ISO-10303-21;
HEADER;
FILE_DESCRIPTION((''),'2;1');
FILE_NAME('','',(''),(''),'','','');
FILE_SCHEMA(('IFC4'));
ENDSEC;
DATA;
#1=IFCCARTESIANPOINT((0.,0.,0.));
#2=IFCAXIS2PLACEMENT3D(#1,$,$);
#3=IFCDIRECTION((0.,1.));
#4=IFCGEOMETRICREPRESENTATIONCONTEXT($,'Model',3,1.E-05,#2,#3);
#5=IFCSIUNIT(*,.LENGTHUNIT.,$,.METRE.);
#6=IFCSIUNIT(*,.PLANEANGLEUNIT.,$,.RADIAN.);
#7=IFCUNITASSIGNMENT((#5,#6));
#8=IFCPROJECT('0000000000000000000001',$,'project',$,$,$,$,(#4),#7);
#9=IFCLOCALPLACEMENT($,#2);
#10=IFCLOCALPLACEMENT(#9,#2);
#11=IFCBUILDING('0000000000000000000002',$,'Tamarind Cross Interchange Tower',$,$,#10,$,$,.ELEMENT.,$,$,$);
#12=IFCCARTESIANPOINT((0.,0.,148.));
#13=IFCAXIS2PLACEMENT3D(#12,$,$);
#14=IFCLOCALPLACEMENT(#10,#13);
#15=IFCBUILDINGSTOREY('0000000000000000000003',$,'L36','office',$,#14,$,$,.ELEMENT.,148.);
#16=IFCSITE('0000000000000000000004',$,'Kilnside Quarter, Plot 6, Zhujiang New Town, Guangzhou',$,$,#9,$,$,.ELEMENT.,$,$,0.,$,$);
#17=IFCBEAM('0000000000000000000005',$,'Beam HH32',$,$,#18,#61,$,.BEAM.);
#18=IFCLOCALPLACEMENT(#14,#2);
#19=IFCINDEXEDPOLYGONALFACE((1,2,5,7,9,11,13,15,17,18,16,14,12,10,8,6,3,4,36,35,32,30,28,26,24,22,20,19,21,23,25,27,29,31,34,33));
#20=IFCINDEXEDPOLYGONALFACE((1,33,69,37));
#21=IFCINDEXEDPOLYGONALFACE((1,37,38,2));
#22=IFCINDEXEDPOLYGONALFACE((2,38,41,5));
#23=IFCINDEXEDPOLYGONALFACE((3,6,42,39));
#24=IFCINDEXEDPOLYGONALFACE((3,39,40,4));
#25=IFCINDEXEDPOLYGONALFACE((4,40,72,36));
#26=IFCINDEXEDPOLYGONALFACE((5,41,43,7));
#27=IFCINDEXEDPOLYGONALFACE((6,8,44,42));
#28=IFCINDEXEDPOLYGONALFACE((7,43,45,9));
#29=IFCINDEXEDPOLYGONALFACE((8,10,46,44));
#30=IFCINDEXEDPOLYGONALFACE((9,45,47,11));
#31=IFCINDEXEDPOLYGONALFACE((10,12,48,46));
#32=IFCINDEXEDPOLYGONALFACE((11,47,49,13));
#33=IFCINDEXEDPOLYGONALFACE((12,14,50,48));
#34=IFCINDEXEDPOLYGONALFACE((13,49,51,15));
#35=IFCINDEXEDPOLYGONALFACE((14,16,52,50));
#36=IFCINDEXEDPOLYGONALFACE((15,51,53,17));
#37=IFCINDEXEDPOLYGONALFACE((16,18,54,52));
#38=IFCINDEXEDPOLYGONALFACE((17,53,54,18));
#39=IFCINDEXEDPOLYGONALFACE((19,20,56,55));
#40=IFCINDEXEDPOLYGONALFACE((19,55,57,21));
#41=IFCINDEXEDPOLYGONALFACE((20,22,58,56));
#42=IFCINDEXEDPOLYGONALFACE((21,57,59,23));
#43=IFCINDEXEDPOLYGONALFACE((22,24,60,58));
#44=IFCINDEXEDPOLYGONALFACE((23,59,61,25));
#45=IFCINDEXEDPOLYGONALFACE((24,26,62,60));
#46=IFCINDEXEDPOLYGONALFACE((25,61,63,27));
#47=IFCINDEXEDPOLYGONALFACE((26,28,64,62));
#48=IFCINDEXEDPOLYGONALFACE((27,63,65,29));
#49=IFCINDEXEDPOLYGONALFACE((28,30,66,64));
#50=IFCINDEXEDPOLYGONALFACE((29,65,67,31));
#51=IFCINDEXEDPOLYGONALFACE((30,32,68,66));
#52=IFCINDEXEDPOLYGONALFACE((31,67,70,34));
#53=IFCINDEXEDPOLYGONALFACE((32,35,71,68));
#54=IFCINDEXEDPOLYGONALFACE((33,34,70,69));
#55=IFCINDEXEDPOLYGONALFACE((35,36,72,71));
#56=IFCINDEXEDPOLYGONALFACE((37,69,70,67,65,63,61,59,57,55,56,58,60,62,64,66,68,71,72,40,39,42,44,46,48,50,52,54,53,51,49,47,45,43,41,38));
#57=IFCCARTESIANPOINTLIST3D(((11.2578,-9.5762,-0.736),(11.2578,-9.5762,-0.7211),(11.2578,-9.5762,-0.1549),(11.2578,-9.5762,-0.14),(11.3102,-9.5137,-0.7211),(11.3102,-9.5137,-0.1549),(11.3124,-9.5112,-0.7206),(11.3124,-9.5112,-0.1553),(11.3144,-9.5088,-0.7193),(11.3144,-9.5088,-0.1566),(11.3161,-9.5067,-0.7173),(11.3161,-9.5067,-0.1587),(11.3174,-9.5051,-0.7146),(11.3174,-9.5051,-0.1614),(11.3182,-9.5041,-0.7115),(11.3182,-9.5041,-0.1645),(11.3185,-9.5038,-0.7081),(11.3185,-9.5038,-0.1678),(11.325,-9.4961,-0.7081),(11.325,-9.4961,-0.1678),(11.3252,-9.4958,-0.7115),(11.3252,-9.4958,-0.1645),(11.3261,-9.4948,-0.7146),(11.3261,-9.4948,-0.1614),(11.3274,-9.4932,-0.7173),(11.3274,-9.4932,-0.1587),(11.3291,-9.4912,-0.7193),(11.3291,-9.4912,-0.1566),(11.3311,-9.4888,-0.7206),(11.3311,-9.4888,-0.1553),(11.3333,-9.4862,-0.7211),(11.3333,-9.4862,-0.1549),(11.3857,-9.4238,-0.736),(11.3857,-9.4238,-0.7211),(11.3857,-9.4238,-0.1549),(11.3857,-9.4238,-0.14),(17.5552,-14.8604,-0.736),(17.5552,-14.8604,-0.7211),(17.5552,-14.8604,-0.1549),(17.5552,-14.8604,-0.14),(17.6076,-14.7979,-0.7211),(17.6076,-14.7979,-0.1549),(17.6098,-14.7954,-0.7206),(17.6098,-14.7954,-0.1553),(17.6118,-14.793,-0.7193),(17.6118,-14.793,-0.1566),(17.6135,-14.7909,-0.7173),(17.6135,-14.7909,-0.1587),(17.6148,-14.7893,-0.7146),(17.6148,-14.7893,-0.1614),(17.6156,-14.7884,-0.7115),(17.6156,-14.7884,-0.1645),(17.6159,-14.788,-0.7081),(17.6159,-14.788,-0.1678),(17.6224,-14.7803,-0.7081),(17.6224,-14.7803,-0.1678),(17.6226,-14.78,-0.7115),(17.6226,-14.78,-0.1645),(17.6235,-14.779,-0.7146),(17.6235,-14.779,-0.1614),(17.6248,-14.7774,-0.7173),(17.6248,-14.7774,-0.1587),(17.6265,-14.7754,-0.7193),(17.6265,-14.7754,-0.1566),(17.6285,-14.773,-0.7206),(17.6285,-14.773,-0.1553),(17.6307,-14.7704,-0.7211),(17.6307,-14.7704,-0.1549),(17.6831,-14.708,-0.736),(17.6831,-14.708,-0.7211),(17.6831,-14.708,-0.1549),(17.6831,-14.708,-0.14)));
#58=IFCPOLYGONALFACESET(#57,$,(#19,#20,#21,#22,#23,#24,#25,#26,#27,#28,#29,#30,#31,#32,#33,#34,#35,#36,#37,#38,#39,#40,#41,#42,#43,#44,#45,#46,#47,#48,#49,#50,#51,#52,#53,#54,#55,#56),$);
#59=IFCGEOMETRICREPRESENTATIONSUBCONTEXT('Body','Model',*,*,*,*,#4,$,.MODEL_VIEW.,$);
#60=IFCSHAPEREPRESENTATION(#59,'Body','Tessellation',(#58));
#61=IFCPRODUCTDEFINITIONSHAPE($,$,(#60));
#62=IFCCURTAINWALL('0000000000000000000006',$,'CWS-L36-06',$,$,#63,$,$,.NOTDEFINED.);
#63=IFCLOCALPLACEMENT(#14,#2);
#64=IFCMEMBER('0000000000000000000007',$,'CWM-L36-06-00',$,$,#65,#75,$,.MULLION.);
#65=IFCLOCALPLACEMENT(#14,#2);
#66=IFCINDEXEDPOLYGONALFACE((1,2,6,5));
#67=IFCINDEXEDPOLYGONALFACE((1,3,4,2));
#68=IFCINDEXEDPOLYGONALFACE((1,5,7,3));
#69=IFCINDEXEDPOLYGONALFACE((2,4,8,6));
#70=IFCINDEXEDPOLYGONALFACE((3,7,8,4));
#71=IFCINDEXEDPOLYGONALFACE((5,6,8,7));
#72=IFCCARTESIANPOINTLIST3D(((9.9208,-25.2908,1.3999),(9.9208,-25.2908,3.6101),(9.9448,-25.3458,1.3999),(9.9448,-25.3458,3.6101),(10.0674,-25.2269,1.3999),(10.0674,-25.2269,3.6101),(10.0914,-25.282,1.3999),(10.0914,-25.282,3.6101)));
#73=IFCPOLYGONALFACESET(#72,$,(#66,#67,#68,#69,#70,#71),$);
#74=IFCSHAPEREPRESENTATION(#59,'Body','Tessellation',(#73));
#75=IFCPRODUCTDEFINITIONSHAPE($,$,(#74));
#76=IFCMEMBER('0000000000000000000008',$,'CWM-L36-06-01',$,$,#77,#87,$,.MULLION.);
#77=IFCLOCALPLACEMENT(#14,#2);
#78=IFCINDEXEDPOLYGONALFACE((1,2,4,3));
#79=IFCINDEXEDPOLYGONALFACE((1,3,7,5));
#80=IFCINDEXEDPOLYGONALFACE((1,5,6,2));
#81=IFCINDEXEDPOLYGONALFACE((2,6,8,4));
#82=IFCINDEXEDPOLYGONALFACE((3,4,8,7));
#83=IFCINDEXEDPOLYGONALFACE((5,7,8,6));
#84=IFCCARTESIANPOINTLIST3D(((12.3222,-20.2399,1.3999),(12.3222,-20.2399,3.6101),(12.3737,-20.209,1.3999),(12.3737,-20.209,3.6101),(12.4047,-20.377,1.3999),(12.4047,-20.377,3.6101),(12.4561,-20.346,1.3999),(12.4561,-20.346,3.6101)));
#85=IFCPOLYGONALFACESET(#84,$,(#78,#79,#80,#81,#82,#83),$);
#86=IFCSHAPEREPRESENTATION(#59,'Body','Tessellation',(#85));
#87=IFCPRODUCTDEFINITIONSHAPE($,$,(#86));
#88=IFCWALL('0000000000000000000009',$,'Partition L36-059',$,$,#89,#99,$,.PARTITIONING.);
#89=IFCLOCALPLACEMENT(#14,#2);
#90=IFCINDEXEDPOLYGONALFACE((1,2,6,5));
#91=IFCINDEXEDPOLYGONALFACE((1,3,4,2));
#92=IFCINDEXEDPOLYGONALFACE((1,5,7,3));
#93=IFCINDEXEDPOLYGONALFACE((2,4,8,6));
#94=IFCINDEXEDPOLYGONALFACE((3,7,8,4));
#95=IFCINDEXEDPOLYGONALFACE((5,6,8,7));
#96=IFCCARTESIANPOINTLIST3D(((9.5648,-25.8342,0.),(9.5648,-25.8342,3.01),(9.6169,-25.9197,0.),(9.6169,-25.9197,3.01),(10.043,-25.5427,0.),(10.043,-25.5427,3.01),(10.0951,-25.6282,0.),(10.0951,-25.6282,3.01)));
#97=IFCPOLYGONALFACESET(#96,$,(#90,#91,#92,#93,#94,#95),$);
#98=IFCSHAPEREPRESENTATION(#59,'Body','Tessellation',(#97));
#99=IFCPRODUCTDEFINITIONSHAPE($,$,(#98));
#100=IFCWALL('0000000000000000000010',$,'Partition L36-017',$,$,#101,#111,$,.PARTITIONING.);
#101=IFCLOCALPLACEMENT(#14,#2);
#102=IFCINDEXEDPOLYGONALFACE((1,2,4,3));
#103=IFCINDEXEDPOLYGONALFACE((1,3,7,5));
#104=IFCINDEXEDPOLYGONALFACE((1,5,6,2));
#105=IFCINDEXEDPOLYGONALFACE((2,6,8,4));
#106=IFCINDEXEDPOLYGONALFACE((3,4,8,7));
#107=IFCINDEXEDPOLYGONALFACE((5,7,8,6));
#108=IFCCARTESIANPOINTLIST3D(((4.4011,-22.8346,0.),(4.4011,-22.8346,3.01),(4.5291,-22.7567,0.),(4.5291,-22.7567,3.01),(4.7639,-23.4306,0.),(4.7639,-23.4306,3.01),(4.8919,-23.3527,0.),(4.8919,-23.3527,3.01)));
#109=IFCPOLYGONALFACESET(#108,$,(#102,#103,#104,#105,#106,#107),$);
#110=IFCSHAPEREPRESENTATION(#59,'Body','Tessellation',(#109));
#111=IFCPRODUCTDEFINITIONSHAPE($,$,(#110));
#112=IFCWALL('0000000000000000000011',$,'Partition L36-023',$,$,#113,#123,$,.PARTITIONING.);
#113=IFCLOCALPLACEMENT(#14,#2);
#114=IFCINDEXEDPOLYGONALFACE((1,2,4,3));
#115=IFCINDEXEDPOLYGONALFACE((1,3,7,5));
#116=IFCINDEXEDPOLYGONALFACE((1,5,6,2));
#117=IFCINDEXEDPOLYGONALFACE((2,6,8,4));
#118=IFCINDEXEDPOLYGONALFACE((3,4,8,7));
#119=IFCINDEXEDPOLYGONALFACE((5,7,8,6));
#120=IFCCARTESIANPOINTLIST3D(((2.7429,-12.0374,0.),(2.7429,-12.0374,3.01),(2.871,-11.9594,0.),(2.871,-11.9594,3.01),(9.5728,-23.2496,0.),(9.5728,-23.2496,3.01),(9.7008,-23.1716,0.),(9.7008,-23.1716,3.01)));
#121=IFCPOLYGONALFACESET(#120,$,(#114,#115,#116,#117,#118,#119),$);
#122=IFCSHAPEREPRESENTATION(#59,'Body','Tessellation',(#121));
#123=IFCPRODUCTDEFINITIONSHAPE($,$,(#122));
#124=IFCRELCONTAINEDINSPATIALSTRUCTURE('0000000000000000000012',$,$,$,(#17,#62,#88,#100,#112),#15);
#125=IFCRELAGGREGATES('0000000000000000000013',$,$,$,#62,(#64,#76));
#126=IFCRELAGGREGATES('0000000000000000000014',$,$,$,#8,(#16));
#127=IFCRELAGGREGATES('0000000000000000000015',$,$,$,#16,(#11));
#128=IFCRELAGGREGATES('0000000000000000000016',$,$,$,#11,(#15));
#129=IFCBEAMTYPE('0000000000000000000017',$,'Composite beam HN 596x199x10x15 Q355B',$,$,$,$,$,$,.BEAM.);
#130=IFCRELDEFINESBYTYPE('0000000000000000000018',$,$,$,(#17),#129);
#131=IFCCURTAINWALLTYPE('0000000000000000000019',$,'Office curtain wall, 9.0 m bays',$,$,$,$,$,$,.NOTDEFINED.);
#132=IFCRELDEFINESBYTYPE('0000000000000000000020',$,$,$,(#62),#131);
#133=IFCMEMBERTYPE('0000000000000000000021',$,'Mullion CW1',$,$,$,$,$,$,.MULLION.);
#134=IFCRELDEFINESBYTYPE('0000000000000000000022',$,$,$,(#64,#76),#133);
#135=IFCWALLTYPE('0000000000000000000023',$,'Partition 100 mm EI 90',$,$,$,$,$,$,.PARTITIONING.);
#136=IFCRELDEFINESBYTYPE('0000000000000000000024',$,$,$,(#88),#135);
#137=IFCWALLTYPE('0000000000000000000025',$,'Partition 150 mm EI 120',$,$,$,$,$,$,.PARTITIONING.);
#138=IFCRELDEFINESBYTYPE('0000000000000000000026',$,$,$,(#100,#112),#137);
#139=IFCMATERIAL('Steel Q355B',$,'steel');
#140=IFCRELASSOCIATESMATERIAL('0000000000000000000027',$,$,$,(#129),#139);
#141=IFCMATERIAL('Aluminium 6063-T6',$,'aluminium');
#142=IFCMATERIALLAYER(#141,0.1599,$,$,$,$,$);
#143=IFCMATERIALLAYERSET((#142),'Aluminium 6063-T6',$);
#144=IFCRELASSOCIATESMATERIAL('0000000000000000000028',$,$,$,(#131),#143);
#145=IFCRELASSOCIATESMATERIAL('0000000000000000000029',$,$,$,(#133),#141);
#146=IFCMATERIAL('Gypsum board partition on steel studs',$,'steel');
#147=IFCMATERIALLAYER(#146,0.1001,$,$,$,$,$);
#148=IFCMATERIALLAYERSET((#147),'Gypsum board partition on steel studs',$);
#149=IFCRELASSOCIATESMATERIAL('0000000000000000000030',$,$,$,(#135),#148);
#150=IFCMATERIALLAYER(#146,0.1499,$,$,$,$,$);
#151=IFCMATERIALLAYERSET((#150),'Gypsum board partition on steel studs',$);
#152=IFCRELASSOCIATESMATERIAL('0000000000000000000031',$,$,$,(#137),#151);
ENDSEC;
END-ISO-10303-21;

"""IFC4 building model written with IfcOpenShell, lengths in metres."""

from ifc_helpers import new_model, si_unit, direction, frame, frame_2d, origin, origin_2d, place, context, subcontext, project, spatial, rectangle, i_section, extrude, material, layer, layer_set, material_profile, profile_set, type_object, element, aggregate, save


model = new_model("IFC4")

# Units and contexts
model_context = context("Model", 3, precision=1e-05, world=origin(), true_north=direction((0.0, 1.0)))
body_context = subcontext(model_context, "Body", "Model", "MODEL_VIEW")
ifc_project = project(units=[si_unit("LENGTHUNIT", "METRE"), si_unit("PLANEANGLEUNIT", "RADIAN")], contexts=[model_context])

# Site, building, storey
site_placement = place(None, origin())
site = spatial("IfcSite", under=ifc_project, at=site_placement, Name="Kilnside Quarter, Plot 6, Zhujiang New Town, Guangzhou", CompositionType="ELEMENT", RefElevation=0.0)
building_placement = place(site_placement, origin())
building = spatial("IfcBuilding", under=site, at=building_placement, Name="Tamarind Cross Interchange Tower", CompositionType="ELEMENT")
storey_placement = place(building_placement, frame((0.0, 0.0, 148.0)))
storey = spatial("IfcBuildingStorey", under=building, at=storey_placement, Name="L36", Description="office", CompositionType="ELEMENT", Elevation=148.0)

# Beam
ifc_material_1 = material(Name="Steel Q355B", Category="steel")
ifc_material_profile_1 = material_profile(ifc_material_1, i_section(OverallWidth=0.199, OverallDepth=0.5959, WebThickness=0.01, FlangeThickness=0.0149, FilletRadius=0.0129, at=origin_2d()), Name="HN 596x199x10x15")
ifc_profile_set_1 = profile_set([ifc_material_profile_1], Name="Steel Q355B")
beam_type = type_object("IfcBeamType", Name="Composite beam HN 596x199x10x15 Q355B", PredefinedType="BEAM", material=ifc_profile_set_1)
beam_1_placement = place(storey_placement, frame((17.6191, -14.7842, -0.438), z_axis=(-0.766041, 0.642792, 0.0), x_axis=(-0.642792, -0.766041, 0.0)))
element("IfcBeam", 1, at=beam_1_placement, inside=storey, type_object=beam_type, Name="Beam HH32", PredefinedType="BEAM", context=body_context, shape_type="SweptSolid", body=[
    extrude(i_section(OverallWidth=0.199, OverallDepth=0.5959, WebThickness=0.01, FlangeThickness=0.0149, FilletRadius=0.0129, at=origin_2d()), origin(), (0.0, 0.0, 1.0), 8.2207),
])

# Curtain wall, members
ifc_material_2 = material(Name="Aluminium 6063-T6", Category="aluminium")
ifc_layer_1 = layer(ifc_material_2, 0.1599)
ifc_layer_set_1 = layer_set([ifc_layer_1], Name="Aluminium 6063-T6")
curtain_wall_type = type_object("IfcCurtainWallType", Name="Office curtain wall, 9.0 m bays", PredefinedType="NOTDEFINED", material=ifc_layer_set_1)
curtain_wall_placement = place(storey_placement, origin())
curtain_wall = element("IfcCurtainWall", 2, at=curtain_wall_placement, inside=storey, type_object=curtain_wall_type, Name="CWS-L36-06", PredefinedType="NOTDEFINED")
ifc_material_profile_2 = material_profile(ifc_material_2, rectangle(XDim=0.0601, YDim=0.1599, at=origin_2d()), Name="Mullion CW1")
ifc_profile_set_2 = profile_set([ifc_material_profile_2], Name="Aluminium 6063-T6")
member_type = type_object("IfcMemberType", Name="Mullion CW1", PredefinedType="MULLION", material=ifc_profile_set_2)
member_1_placement = place(storey_placement, frame((10.0061, -25.2864, 1.3999), z_axis=(0.0, 0.0, 1.0), x_axis=(-0.399417, 0.916769, 0.0)))
member_1 = element("IfcMember", 3, at=member_1_placement, type_object=member_type, Name="CWM-L36-06-00", PredefinedType="MULLION", context=body_context, shape_type="SweptSolid", body=[
    extrude(rectangle(XDim=0.0601, YDim=0.1599, at=origin_2d()), origin(), (0.0, 0.0, 1.0), 2.2102),
])
member_2_placement = place(storey_placement, frame((12.3892, -20.293, 1.3999), z_axis=(0.0, 0.0, 1.0), x_axis=(0.856843, 0.515577, 0.0)))
member_2 = element("IfcMember", 4, at=member_2_placement, type_object=member_type, Name="CWM-L36-06-01", PredefinedType="MULLION", context=body_context, shape_type="SweptSolid", body=[
    extrude(rectangle(XDim=0.0601, YDim=0.1599, at=origin_2d()), origin(), (0.0, 0.0, 1.0), 2.2102),
])
aggregate(curtain_wall, [member_1, member_2])

# Walls
ifc_material_3 = material(Name="Gypsum board partition on steel studs", Category="steel")
ifc_layer_2 = layer(ifc_material_3, 0.1001)
ifc_layer_set_2 = layer_set([ifc_layer_2], Name="Gypsum board partition on steel studs")
wall_type_1 = type_object("IfcWallType", Name="Partition 100 mm EI 90", PredefinedType="PARTITIONING", material=ifc_layer_set_2)
wall_1_placement = place(storey_placement, frame((9.5908, -25.877, 0.0), z_axis=(0.0, 0.0, 1.0), x_axis=(0.853895, 0.520445, 0.0)))
element("IfcWall", 5, at=wall_1_placement, inside=storey, type_object=wall_type_1, Name="Partition L36-059", PredefinedType="PARTITIONING", context=body_context, shape_type="SweptSolid", body=[
    extrude(rectangle(XDim=0.5601, YDim=0.1001, at=frame_2d((0.28, 0.0))), origin(), (0.0, 0.0, 1.0), 3.01),
])
ifc_layer_3 = layer(ifc_material_3, 0.1499)
ifc_layer_set_3 = layer_set([ifc_layer_3], Name="Gypsum board partition on steel studs")
wall_type_2 = type_object("IfcWallType", Name="Partition 150 mm EI 120", PredefinedType="PARTITIONING", material=ifc_layer_set_3)
wall_2_placement = place(storey_placement, frame((4.4651, -22.7957, 0.0), z_axis=(0.0, 0.0, 1.0), x_axis=(0.519991, -0.854172, 0.0)))
element("IfcWall", 6, at=wall_2_placement, inside=storey, type_object=wall_type_2, Name="Partition L36-017", PredefinedType="PARTITIONING", context=body_context, shape_type="SweptSolid", body=[
    extrude(rectangle(XDim=0.6978, YDim=0.1499, at=frame_2d((0.3489, 0.0))), origin(), (0.0, 0.0, 1.0), 3.01),
])
wall_3_placement = place(storey_placement, frame((2.8069, -11.9983, 0.0), z_axis=(0.0, 0.0, 1.0), x_axis=(0.520227, -0.854028, 0.0)))
element("IfcWall", 7, at=wall_3_placement, inside=storey, type_object=wall_type_2, Name="Partition L36-023", PredefinedType="PARTITIONING", context=body_context, shape_type="SweptSolid", body=[
    extrude(rectangle(XDim=13.1287, YDim=0.1499, at=frame_2d((6.5645, 0.0))), origin(), (0.0, 0.0, 1.0), 3.01),
])

save(model, "model.ifc")
